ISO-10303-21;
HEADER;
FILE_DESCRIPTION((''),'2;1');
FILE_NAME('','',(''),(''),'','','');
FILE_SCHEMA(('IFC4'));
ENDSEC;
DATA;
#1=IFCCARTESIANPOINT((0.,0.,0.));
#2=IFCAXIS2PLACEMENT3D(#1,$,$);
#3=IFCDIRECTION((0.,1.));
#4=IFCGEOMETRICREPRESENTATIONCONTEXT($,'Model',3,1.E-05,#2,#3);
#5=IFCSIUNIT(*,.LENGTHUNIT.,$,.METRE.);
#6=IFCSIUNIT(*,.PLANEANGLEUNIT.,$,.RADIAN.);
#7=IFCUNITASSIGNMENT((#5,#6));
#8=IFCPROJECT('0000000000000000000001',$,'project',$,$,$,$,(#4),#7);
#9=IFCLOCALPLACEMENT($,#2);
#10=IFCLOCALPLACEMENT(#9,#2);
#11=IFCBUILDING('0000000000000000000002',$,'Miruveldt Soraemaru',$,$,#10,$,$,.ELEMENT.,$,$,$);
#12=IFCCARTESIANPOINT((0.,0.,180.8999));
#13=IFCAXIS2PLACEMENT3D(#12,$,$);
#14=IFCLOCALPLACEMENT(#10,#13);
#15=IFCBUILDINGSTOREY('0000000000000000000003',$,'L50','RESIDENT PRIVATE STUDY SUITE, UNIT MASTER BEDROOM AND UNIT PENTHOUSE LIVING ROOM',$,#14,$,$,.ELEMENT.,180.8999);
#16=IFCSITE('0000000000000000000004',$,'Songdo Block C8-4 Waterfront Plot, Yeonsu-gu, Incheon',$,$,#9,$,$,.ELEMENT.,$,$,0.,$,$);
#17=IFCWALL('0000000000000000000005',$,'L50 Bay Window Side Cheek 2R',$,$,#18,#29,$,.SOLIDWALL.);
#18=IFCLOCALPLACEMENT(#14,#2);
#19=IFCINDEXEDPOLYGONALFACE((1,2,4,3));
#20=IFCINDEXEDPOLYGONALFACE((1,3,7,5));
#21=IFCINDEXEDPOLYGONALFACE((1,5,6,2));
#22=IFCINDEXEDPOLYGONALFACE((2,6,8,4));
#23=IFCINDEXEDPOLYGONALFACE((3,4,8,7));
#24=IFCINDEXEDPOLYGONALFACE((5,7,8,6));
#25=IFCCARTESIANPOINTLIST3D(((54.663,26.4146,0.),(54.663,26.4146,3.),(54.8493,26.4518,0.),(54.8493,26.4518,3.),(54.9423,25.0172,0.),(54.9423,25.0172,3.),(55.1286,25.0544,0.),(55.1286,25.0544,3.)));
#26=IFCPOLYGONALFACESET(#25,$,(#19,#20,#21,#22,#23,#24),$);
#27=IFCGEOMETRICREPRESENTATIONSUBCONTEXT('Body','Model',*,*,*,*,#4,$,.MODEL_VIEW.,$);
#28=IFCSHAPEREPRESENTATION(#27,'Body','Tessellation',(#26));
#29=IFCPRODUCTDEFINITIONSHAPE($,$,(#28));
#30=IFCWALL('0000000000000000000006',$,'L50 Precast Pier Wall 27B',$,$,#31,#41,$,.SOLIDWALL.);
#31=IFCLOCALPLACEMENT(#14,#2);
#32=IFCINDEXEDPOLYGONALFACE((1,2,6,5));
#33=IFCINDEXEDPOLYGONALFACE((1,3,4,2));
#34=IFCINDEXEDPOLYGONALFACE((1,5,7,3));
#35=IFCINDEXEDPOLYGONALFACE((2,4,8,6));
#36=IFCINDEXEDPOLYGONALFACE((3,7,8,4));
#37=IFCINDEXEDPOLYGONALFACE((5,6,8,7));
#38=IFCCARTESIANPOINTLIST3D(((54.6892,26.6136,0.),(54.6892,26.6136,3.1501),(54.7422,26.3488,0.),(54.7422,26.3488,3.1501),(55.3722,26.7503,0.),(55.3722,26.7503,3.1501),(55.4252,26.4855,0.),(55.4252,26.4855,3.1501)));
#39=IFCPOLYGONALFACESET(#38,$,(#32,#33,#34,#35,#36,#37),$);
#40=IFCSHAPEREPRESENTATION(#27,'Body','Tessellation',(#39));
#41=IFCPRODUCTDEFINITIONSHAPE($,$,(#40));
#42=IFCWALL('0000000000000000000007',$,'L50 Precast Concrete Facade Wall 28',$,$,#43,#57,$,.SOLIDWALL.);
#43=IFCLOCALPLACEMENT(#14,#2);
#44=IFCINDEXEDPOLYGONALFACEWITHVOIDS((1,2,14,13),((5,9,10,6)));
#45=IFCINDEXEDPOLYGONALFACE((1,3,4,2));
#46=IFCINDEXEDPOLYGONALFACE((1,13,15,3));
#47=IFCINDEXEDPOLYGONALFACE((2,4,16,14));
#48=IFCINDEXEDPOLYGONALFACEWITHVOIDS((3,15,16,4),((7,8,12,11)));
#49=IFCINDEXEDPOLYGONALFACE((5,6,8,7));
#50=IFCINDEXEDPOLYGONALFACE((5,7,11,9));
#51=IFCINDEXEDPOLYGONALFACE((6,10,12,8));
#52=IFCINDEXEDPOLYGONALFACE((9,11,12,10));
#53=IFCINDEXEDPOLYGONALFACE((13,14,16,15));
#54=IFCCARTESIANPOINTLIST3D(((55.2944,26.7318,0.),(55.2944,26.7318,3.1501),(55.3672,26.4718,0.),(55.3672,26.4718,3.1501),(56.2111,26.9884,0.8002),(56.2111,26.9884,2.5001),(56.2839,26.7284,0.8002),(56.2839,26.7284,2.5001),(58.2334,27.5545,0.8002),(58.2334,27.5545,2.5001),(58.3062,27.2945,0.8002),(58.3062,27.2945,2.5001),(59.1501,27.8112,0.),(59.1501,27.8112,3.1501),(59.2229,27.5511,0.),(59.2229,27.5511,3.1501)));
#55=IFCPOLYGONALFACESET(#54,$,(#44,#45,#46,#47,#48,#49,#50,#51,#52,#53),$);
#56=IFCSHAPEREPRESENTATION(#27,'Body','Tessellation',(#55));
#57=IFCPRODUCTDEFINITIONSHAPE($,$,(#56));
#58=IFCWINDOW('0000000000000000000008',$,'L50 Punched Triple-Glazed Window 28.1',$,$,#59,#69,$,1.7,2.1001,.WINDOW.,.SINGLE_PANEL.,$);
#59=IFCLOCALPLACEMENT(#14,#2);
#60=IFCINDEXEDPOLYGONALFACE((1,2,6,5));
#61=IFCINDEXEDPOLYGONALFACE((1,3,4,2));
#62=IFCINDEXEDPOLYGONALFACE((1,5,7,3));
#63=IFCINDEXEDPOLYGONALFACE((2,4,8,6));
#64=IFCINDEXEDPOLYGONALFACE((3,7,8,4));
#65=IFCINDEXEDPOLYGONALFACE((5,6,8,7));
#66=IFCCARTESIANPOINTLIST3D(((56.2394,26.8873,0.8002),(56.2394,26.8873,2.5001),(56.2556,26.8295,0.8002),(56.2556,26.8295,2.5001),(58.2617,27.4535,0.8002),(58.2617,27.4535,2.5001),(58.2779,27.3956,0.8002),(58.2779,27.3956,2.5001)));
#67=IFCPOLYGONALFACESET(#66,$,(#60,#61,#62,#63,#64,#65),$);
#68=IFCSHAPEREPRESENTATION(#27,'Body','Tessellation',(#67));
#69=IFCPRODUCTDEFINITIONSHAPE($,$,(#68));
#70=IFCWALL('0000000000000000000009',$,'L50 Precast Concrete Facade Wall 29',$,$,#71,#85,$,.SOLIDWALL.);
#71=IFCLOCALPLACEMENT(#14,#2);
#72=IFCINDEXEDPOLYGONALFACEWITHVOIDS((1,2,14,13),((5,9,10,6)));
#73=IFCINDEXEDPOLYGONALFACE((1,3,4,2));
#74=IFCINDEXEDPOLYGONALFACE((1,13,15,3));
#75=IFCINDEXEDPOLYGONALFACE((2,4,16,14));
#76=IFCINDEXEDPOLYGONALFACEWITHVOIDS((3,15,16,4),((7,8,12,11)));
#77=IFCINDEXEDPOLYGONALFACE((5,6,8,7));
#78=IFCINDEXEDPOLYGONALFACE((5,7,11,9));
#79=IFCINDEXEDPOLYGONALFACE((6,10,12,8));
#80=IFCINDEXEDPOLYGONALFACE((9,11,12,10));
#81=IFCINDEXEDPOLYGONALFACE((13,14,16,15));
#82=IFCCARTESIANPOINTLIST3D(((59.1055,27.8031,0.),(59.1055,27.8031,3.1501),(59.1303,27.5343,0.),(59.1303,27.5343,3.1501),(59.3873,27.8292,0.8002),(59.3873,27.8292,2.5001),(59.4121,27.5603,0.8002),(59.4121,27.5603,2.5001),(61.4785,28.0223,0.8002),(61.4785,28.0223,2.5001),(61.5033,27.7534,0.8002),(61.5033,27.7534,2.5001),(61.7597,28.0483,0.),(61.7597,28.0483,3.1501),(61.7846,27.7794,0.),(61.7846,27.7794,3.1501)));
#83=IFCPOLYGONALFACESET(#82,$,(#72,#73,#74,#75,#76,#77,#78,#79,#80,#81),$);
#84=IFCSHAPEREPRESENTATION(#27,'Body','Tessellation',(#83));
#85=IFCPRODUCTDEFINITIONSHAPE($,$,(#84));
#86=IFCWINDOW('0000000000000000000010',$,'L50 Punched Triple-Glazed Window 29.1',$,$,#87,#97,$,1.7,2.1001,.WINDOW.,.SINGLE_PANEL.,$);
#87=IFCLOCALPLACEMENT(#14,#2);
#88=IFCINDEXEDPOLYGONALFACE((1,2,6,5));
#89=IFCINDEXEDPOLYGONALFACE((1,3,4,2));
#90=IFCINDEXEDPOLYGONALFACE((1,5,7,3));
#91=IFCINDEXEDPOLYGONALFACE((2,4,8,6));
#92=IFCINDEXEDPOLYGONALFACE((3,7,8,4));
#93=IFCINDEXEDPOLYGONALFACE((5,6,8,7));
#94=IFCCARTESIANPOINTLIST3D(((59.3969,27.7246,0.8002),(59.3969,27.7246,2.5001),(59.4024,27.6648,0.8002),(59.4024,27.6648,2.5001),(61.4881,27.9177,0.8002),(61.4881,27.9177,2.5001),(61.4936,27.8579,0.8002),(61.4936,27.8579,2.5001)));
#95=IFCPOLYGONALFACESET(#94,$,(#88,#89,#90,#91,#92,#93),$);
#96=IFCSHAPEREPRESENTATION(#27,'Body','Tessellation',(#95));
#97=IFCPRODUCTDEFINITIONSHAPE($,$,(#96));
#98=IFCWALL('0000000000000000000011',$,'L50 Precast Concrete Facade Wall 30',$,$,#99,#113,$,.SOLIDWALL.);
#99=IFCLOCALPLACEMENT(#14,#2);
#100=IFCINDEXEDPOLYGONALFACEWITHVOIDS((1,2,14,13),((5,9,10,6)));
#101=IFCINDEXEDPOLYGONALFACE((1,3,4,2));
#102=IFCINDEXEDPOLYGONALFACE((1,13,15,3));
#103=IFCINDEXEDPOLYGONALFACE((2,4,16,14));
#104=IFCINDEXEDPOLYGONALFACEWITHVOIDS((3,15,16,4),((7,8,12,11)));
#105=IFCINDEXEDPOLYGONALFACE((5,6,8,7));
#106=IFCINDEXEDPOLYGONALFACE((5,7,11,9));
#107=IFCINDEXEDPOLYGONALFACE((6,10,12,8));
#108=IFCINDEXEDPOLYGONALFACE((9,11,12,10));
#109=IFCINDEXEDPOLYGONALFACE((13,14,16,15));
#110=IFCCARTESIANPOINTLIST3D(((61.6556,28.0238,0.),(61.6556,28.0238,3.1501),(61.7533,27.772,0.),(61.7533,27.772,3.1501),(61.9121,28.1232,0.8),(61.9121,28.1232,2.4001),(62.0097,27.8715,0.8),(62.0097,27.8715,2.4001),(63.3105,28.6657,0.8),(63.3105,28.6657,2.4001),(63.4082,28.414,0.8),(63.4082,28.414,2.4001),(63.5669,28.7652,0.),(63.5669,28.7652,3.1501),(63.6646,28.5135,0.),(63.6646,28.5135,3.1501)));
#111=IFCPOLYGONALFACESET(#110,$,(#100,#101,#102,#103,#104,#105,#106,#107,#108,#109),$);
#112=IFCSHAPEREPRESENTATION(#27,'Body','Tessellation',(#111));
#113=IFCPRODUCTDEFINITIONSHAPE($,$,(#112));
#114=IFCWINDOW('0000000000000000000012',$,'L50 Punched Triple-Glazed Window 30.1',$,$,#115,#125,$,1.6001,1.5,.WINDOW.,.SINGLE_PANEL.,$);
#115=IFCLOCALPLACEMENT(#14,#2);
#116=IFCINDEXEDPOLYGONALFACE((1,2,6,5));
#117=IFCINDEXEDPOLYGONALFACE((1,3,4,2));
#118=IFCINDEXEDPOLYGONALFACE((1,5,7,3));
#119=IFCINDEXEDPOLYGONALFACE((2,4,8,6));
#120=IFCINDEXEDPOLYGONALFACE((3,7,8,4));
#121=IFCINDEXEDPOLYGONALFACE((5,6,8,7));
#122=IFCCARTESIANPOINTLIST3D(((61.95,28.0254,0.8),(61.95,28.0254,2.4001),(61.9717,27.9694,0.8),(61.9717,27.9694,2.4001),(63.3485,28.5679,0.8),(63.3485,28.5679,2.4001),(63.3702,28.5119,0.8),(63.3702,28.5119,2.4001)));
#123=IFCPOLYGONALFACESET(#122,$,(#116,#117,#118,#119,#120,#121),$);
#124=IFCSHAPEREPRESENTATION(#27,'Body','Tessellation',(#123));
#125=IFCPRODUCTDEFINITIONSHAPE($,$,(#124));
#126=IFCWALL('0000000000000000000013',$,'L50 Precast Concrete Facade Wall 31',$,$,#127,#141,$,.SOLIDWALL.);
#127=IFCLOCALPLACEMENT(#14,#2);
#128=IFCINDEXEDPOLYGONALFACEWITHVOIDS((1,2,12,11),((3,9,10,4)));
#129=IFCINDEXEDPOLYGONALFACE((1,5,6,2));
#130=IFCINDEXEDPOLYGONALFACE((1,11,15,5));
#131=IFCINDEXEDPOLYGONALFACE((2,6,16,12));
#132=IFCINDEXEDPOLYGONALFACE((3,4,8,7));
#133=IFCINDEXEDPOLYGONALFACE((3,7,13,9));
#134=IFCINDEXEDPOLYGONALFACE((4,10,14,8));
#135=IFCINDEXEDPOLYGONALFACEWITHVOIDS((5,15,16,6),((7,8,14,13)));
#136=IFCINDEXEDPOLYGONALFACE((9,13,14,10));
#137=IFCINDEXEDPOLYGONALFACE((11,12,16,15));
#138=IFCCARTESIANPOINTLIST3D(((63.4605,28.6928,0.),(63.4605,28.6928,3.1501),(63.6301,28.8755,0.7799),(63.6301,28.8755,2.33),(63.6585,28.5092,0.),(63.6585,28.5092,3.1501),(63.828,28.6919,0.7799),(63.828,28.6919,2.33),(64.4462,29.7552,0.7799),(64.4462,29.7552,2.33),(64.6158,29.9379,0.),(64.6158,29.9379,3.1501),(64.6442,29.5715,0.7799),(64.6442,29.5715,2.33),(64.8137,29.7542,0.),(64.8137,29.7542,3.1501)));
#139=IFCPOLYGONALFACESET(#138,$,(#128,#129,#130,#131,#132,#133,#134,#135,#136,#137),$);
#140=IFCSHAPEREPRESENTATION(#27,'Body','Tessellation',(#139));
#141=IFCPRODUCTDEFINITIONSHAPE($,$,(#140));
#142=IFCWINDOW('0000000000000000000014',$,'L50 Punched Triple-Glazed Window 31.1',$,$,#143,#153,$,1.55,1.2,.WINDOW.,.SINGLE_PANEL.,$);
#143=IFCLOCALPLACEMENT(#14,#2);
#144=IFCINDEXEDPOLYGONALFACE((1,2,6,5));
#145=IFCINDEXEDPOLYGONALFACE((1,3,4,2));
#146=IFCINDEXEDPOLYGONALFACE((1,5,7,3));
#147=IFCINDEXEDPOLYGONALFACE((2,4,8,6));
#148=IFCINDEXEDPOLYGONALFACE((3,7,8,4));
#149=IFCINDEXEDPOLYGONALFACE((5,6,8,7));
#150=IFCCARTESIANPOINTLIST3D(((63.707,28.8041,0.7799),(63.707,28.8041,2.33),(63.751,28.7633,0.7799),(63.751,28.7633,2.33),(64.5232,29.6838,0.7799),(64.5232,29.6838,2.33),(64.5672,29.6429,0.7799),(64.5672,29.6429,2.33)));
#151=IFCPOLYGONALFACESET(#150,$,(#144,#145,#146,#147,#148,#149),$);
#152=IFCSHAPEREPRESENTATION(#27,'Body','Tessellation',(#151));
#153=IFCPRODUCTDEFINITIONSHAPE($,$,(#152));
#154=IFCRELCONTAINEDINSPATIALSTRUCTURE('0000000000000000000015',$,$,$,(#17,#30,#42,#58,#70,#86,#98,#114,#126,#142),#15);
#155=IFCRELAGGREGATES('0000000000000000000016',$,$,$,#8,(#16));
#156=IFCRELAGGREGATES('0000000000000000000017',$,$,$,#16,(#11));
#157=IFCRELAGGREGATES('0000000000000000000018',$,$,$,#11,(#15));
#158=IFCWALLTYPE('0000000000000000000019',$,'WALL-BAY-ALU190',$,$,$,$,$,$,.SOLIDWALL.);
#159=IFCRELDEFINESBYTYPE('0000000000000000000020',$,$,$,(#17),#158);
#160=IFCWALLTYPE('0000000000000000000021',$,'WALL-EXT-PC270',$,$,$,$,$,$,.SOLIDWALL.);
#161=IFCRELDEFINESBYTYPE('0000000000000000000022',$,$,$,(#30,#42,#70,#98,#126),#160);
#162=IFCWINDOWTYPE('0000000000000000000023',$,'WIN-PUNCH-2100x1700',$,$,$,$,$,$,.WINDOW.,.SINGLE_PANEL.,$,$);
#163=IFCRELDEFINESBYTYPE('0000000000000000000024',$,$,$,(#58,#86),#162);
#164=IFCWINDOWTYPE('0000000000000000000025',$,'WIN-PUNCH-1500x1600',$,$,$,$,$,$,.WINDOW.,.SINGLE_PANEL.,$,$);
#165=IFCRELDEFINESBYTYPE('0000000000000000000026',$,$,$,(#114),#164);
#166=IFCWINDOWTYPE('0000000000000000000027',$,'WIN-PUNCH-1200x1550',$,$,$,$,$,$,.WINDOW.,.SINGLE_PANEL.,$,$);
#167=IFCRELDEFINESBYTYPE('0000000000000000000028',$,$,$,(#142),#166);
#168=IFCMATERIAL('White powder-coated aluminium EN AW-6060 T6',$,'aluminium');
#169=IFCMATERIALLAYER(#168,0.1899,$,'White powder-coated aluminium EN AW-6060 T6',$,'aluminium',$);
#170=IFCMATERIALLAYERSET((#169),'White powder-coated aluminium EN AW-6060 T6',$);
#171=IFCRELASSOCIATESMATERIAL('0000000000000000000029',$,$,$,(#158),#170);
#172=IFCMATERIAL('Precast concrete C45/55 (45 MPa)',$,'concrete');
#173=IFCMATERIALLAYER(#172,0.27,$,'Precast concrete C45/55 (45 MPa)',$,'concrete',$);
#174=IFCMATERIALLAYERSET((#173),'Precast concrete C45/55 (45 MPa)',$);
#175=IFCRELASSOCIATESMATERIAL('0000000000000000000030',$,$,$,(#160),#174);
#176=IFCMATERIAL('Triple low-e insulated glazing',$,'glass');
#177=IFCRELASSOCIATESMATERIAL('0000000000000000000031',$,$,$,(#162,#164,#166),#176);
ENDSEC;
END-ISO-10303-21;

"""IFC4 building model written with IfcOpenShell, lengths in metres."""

from ifc_helpers import new_model, si_unit, direction, frame, frame_2d, origin, place, context, subcontext, project, spatial, rectangle, extrude, material, layer, layer_set, type_object, element, fill, save


model = new_model("IFC4")

# Units and contexts
model_context = context("Model", 3, precision=1e-05, world=origin(), true_north=direction((0.0, 1.0)))
body_context = subcontext(model_context, "Body", "Model", "MODEL_VIEW")
ifc_project = project(units=[si_unit("LENGTHUNIT", "METRE"), si_unit("PLANEANGLEUNIT", "RADIAN")], contexts=[model_context])

# Site, building, storey
site_placement = place(None, origin())
site = spatial("IfcSite", under=ifc_project, at=site_placement, Name="Songdo Block C8-4 Waterfront Plot, Yeonsu-gu, Incheon", CompositionType="ELEMENT", RefElevation=0.0)
building_placement = place(site_placement, origin())
building = spatial("IfcBuilding", under=site, at=building_placement, Name="Miruveldt Soraemaru", CompositionType="ELEMENT")
storey_placement = place(building_placement, frame((0.0, 0.0, 180.8999)))
storey = spatial("IfcBuildingStorey", under=building, at=storey_placement, Name="L50", Description="RESIDENT PRIVATE STUDY SUITE, UNIT MASTER BEDROOM AND UNIT PENTHOUSE LIVING ROOM", CompositionType="ELEMENT", Elevation=180.8999)

# Walls
ifc_material_1 = material(Name="White powder-coated aluminium EN AW-6060 T6", Category="aluminium")
ifc_layer_1 = layer(ifc_material_1, 0.1899, Name="White powder-coated aluminium EN AW-6060 T6", Category="aluminium")
ifc_layer_set_1 = layer_set([ifc_layer_1], Name="White powder-coated aluminium EN AW-6060 T6")
wall_type_1 = type_object("IfcWallType", Name="WALL-BAY-ALU190", PredefinedType="SOLIDWALL", material=ifc_layer_set_1)
wall_1_placement = place(storey_placement, frame((55.0354, 25.0359, 0.0), z_axis=(0.0, 0.0, 1.0), x_axis=(-0.195984, 0.980607, 0.0)))
element("IfcWall", 1, at=wall_1_placement, inside=storey, type_object=wall_type_1, Name="L50 Bay Window Side Cheek 2R", PredefinedType="SOLIDWALL", context=body_context, shape_type="SweptSolid", body=[
    extrude(rectangle(XDim=1.425, YDim=0.1899, at=frame_2d((0.7124, 0.0))), origin(), (0.0, 0.0, 1.0), 3.0),
])
ifc_material_2 = material(Name="Precast concrete C45/55 (45 MPa)", Category="concrete")
ifc_layer_2 = layer(ifc_material_2, 0.27, Name="Precast concrete C45/55 (45 MPa)", Category="concrete")
ifc_layer_set_2 = layer_set([ifc_layer_2], Name="Precast concrete C45/55 (45 MPa)")
wall_type_2 = type_object("IfcWallType", Name="WALL-EXT-PC270", PredefinedType="SOLIDWALL", material=ifc_layer_set_2)
wall_2_placement = place(storey_placement, frame((54.7158, 26.4812, 0.0), z_axis=(0.0, 0.0, 1.0), x_axis=(0.980554, 0.196251, 0.0)))
element("IfcWall", 2, at=wall_2_placement, inside=storey, type_object=wall_type_2, Name="L50 Precast Pier Wall 27B", PredefinedType="SOLIDWALL", context=body_context, shape_type="SweptSolid", body=[
    extrude(rectangle(XDim=0.6965, YDim=0.27, at=frame_2d((0.3481, 0.0))), origin(), (0.0, 0.0, 1.0), 3.1501),
])

# Walls, openings, windows
wall_3_placement = place(storey_placement, frame((55.3308, 26.6018, 0.0), z_axis=(0.0, 0.0, 1.0), x_axis=(0.96298, 0.269571, 0.0)))
wall_3 = element("IfcWall", 3, at=wall_3_placement, inside=storey, type_object=wall_type_2, Name="L50 Precast Concrete Facade Wall 28", PredefinedType="SOLIDWALL", context=body_context, shape_type="SweptSolid", body=[
    extrude(rectangle(XDim=4.0039, YDim=0.27, at=frame_2d((2.002, 0.0))), origin(), (0.0, 0.0, 1.0), 3.1501),
])
opening_1_placement = place(wall_3_placement, frame((0.9519, 0.0, 0.8)))
opening_1 = element("IfcOpeningElement", 4, at=opening_1_placement, cuts=wall_3, PredefinedType="OPENING", context=body_context, shape_type="SweptSolid", body=[
    extrude(rectangle(XDim=2.1001, YDim=1.7, at=frame_2d((1.05, 0.8501))), frame((0.0, 0.145, 0.0), z_axis=(0.0, -1.0, 0.0), x_axis=(1.0, 0.0, 0.0)), (0.0, 0.0, 1.0), 0.29),
])
ifc_material_3 = material(Name="Triple low-e insulated glazing", Category="glass")
window_type_1 = type_object("IfcWindowType", Name="WIN-PUNCH-2100x1700", PartitioningType="SINGLE_PANEL", PredefinedType="WINDOW", material=ifc_material_3)
window_1_placement = place(opening_1_placement, origin())
window_1 = element("IfcWindow", 5, at=window_1_placement, inside=storey, type_object=window_type_1, Name="L50 Punched Triple-Glazed Window 28.1", OverallHeight=1.7, OverallWidth=2.1001, PartitioningType="SINGLE_PANEL", PredefinedType="WINDOW", context=body_context, shape_type="SweptSolid", body=[
    extrude(rectangle(XDim=2.1001, YDim=1.7, at=frame_2d((1.05, 0.8501))), frame((0.0, 0.03, 0.0), z_axis=(0.0, -1.0, 0.0), x_axis=(1.0, 0.0, 0.0)), (0.0, 0.0, 1.0), 0.0601),
])
fill(opening_1, window_1)
wall_4_placement = place(storey_placement, frame((59.1179, 27.6687, 0.0), z_axis=(0.0, 0.0, 1.0), x_axis=(0.995763, 0.091956, 0.0)))
wall_4 = element("IfcWall", 6, at=wall_4_placement, inside=storey, type_object=wall_type_2, Name="L50 Precast Concrete Facade Wall 29", PredefinedType="SOLIDWALL", context=body_context, shape_type="SweptSolid", body=[
    extrude(rectangle(XDim=2.6655, YDim=0.27, at=frame_2d((1.3328, 0.0))), origin(), (0.0, 0.0, 1.0), 3.1501),
])
opening_2_placement = place(wall_4_placement, frame((0.283, 0.0, 0.8)))
opening_2 = element("IfcOpeningElement", 7, at=opening_2_placement, cuts=wall_4, PredefinedType="OPENING", context=body_context, shape_type="SweptSolid", body=[
    extrude(rectangle(XDim=2.1001, YDim=1.7, at=frame_2d((1.05, 0.8501))), frame((0.0, 0.145, 0.0), z_axis=(0.0, -1.0, 0.0), x_axis=(1.0, 0.0, 0.0)), (0.0, 0.0, 1.0), 0.29),
])
window_2_placement = place(opening_2_placement, origin())
window_2 = element("IfcWindow", 8, at=window_2_placement, inside=storey, type_object=window_type_1, Name="L50 Punched Triple-Glazed Window 29.1", OverallHeight=1.7, OverallWidth=2.1001, PartitioningType="SINGLE_PANEL", PredefinedType="WINDOW", context=body_context, shape_type="SweptSolid", body=[
    extrude(rectangle(XDim=2.1001, YDim=1.7, at=frame_2d((1.05, 0.8501))), frame((0.0, 0.03, 0.0), z_axis=(0.0, -1.0, 0.0), x_axis=(1.0, 0.0, 0.0)), (0.0, 0.0, 1.0), 0.0601),
])
fill(opening_2, window_2)
wall_5_placement = place(storey_placement, frame((61.7046, 27.8979, 0.0), z_axis=(0.0, 0.0, 1.0), x_axis=(0.932311, 0.361659, 0.0)))
wall_5 = element("IfcWall", 9, at=wall_5_placement, inside=storey, type_object=wall_type_2, Name="L50 Precast Concrete Facade Wall 30", PredefinedType="SOLIDWALL", context=body_context, shape_type="SweptSolid", body=[
    extrude(rectangle(XDim=2.05, YDim=0.27, at=frame_2d((1.0249, 0.0))), origin(), (0.0, 0.0, 1.0), 3.1501),
])
opening_3_placement = place(wall_5_placement, frame((0.2749, 0.0, 0.8)))
opening_3 = element("IfcOpeningElement", 10, at=opening_3_placement, cuts=wall_5, PredefinedType="OPENING", context=body_context, shape_type="SweptSolid", body=[
    extrude(rectangle(XDim=1.5, YDim=1.6001, at=frame_2d((0.75, 0.8))), frame((0.0, 0.145, 0.0), z_axis=(0.0, -1.0, 0.0), x_axis=(1.0, 0.0, 0.0)), (0.0, 0.0, 1.0), 0.29),
])
window_type_2 = type_object("IfcWindowType", Name="WIN-PUNCH-1500x1600", PartitioningType="SINGLE_PANEL", PredefinedType="WINDOW", material=ifc_material_3)
window_3_placement = place(opening_3_placement, origin())
window_3 = element("IfcWindow", 11, at=window_3_placement, inside=storey, type_object=window_type_2, Name="L50 Punched Triple-Glazed Window 30.1", OverallHeight=1.6001, OverallWidth=1.5, PartitioningType="SINGLE_PANEL", PredefinedType="WINDOW", context=body_context, shape_type="SweptSolid", body=[
    extrude(rectangle(XDim=1.5, YDim=1.6001, at=frame_2d((0.75, 0.8))), frame((0.0, 0.03, 0.0), z_axis=(0.0, -1.0, 0.0), x_axis=(1.0, 0.0, 0.0)), (0.0, 0.0, 1.0), 0.0601),
])
fill(opening_3, window_3)
wall_6_placement = place(storey_placement, frame((63.5596, 28.6011, 0.0), z_axis=(0.0, 0.0, 1.0), x_axis=(0.680164, 0.73306, 0.0)))
wall_6 = element("IfcWall", 12, at=wall_6_placement, inside=storey, type_object=wall_type_2, Name="L50 Precast Concrete Facade Wall 31", PredefinedType="SOLIDWALL", context=body_context, shape_type="SweptSolid", body=[
    extrude(rectangle(XDim=1.6985, YDim=0.27, at=frame_2d((0.8491, 0.0))), origin(), (0.0, 0.0, 1.0), 3.1501),
])
opening_4_placement = place(wall_6_placement, frame((0.249, 0.0, 0.78)))
opening_4 = element("IfcOpeningElement", 13, at=opening_4_placement, cuts=wall_6, PredefinedType="OPENING", context=body_context, shape_type="SweptSolid", body=[
    extrude(rectangle(XDim=1.2, YDim=1.55, at=frame_2d((0.6001, 0.7749))), frame((0.0, 0.145, 0.0), z_axis=(0.0, -1.0, 0.0), x_axis=(1.0, 0.0, 0.0)), (0.0, 0.0, 1.0), 0.29),
])
window_type_3 = type_object("IfcWindowType", Name="WIN-PUNCH-1200x1550", PartitioningType="SINGLE_PANEL", PredefinedType="WINDOW", material=ifc_material_3)
window_4_placement = place(opening_4_placement, origin())
window_4 = element("IfcWindow", 14, at=window_4_placement, inside=storey, type_object=window_type_3, Name="L50 Punched Triple-Glazed Window 31.1", OverallHeight=1.55, OverallWidth=1.2, PartitioningType="SINGLE_PANEL", PredefinedType="WINDOW", context=body_context, shape_type="SweptSolid", body=[
    extrude(rectangle(XDim=1.2, YDim=1.55, at=frame_2d((0.6001, 0.7749))), frame((0.0, 0.03, 0.0), z_axis=(0.0, -1.0, 0.0), x_axis=(1.0, 0.0, 0.0)), (0.0, 0.0, 1.0), 0.0601),
])
fill(opening_4, window_4)

save(model, "model.ifc")
